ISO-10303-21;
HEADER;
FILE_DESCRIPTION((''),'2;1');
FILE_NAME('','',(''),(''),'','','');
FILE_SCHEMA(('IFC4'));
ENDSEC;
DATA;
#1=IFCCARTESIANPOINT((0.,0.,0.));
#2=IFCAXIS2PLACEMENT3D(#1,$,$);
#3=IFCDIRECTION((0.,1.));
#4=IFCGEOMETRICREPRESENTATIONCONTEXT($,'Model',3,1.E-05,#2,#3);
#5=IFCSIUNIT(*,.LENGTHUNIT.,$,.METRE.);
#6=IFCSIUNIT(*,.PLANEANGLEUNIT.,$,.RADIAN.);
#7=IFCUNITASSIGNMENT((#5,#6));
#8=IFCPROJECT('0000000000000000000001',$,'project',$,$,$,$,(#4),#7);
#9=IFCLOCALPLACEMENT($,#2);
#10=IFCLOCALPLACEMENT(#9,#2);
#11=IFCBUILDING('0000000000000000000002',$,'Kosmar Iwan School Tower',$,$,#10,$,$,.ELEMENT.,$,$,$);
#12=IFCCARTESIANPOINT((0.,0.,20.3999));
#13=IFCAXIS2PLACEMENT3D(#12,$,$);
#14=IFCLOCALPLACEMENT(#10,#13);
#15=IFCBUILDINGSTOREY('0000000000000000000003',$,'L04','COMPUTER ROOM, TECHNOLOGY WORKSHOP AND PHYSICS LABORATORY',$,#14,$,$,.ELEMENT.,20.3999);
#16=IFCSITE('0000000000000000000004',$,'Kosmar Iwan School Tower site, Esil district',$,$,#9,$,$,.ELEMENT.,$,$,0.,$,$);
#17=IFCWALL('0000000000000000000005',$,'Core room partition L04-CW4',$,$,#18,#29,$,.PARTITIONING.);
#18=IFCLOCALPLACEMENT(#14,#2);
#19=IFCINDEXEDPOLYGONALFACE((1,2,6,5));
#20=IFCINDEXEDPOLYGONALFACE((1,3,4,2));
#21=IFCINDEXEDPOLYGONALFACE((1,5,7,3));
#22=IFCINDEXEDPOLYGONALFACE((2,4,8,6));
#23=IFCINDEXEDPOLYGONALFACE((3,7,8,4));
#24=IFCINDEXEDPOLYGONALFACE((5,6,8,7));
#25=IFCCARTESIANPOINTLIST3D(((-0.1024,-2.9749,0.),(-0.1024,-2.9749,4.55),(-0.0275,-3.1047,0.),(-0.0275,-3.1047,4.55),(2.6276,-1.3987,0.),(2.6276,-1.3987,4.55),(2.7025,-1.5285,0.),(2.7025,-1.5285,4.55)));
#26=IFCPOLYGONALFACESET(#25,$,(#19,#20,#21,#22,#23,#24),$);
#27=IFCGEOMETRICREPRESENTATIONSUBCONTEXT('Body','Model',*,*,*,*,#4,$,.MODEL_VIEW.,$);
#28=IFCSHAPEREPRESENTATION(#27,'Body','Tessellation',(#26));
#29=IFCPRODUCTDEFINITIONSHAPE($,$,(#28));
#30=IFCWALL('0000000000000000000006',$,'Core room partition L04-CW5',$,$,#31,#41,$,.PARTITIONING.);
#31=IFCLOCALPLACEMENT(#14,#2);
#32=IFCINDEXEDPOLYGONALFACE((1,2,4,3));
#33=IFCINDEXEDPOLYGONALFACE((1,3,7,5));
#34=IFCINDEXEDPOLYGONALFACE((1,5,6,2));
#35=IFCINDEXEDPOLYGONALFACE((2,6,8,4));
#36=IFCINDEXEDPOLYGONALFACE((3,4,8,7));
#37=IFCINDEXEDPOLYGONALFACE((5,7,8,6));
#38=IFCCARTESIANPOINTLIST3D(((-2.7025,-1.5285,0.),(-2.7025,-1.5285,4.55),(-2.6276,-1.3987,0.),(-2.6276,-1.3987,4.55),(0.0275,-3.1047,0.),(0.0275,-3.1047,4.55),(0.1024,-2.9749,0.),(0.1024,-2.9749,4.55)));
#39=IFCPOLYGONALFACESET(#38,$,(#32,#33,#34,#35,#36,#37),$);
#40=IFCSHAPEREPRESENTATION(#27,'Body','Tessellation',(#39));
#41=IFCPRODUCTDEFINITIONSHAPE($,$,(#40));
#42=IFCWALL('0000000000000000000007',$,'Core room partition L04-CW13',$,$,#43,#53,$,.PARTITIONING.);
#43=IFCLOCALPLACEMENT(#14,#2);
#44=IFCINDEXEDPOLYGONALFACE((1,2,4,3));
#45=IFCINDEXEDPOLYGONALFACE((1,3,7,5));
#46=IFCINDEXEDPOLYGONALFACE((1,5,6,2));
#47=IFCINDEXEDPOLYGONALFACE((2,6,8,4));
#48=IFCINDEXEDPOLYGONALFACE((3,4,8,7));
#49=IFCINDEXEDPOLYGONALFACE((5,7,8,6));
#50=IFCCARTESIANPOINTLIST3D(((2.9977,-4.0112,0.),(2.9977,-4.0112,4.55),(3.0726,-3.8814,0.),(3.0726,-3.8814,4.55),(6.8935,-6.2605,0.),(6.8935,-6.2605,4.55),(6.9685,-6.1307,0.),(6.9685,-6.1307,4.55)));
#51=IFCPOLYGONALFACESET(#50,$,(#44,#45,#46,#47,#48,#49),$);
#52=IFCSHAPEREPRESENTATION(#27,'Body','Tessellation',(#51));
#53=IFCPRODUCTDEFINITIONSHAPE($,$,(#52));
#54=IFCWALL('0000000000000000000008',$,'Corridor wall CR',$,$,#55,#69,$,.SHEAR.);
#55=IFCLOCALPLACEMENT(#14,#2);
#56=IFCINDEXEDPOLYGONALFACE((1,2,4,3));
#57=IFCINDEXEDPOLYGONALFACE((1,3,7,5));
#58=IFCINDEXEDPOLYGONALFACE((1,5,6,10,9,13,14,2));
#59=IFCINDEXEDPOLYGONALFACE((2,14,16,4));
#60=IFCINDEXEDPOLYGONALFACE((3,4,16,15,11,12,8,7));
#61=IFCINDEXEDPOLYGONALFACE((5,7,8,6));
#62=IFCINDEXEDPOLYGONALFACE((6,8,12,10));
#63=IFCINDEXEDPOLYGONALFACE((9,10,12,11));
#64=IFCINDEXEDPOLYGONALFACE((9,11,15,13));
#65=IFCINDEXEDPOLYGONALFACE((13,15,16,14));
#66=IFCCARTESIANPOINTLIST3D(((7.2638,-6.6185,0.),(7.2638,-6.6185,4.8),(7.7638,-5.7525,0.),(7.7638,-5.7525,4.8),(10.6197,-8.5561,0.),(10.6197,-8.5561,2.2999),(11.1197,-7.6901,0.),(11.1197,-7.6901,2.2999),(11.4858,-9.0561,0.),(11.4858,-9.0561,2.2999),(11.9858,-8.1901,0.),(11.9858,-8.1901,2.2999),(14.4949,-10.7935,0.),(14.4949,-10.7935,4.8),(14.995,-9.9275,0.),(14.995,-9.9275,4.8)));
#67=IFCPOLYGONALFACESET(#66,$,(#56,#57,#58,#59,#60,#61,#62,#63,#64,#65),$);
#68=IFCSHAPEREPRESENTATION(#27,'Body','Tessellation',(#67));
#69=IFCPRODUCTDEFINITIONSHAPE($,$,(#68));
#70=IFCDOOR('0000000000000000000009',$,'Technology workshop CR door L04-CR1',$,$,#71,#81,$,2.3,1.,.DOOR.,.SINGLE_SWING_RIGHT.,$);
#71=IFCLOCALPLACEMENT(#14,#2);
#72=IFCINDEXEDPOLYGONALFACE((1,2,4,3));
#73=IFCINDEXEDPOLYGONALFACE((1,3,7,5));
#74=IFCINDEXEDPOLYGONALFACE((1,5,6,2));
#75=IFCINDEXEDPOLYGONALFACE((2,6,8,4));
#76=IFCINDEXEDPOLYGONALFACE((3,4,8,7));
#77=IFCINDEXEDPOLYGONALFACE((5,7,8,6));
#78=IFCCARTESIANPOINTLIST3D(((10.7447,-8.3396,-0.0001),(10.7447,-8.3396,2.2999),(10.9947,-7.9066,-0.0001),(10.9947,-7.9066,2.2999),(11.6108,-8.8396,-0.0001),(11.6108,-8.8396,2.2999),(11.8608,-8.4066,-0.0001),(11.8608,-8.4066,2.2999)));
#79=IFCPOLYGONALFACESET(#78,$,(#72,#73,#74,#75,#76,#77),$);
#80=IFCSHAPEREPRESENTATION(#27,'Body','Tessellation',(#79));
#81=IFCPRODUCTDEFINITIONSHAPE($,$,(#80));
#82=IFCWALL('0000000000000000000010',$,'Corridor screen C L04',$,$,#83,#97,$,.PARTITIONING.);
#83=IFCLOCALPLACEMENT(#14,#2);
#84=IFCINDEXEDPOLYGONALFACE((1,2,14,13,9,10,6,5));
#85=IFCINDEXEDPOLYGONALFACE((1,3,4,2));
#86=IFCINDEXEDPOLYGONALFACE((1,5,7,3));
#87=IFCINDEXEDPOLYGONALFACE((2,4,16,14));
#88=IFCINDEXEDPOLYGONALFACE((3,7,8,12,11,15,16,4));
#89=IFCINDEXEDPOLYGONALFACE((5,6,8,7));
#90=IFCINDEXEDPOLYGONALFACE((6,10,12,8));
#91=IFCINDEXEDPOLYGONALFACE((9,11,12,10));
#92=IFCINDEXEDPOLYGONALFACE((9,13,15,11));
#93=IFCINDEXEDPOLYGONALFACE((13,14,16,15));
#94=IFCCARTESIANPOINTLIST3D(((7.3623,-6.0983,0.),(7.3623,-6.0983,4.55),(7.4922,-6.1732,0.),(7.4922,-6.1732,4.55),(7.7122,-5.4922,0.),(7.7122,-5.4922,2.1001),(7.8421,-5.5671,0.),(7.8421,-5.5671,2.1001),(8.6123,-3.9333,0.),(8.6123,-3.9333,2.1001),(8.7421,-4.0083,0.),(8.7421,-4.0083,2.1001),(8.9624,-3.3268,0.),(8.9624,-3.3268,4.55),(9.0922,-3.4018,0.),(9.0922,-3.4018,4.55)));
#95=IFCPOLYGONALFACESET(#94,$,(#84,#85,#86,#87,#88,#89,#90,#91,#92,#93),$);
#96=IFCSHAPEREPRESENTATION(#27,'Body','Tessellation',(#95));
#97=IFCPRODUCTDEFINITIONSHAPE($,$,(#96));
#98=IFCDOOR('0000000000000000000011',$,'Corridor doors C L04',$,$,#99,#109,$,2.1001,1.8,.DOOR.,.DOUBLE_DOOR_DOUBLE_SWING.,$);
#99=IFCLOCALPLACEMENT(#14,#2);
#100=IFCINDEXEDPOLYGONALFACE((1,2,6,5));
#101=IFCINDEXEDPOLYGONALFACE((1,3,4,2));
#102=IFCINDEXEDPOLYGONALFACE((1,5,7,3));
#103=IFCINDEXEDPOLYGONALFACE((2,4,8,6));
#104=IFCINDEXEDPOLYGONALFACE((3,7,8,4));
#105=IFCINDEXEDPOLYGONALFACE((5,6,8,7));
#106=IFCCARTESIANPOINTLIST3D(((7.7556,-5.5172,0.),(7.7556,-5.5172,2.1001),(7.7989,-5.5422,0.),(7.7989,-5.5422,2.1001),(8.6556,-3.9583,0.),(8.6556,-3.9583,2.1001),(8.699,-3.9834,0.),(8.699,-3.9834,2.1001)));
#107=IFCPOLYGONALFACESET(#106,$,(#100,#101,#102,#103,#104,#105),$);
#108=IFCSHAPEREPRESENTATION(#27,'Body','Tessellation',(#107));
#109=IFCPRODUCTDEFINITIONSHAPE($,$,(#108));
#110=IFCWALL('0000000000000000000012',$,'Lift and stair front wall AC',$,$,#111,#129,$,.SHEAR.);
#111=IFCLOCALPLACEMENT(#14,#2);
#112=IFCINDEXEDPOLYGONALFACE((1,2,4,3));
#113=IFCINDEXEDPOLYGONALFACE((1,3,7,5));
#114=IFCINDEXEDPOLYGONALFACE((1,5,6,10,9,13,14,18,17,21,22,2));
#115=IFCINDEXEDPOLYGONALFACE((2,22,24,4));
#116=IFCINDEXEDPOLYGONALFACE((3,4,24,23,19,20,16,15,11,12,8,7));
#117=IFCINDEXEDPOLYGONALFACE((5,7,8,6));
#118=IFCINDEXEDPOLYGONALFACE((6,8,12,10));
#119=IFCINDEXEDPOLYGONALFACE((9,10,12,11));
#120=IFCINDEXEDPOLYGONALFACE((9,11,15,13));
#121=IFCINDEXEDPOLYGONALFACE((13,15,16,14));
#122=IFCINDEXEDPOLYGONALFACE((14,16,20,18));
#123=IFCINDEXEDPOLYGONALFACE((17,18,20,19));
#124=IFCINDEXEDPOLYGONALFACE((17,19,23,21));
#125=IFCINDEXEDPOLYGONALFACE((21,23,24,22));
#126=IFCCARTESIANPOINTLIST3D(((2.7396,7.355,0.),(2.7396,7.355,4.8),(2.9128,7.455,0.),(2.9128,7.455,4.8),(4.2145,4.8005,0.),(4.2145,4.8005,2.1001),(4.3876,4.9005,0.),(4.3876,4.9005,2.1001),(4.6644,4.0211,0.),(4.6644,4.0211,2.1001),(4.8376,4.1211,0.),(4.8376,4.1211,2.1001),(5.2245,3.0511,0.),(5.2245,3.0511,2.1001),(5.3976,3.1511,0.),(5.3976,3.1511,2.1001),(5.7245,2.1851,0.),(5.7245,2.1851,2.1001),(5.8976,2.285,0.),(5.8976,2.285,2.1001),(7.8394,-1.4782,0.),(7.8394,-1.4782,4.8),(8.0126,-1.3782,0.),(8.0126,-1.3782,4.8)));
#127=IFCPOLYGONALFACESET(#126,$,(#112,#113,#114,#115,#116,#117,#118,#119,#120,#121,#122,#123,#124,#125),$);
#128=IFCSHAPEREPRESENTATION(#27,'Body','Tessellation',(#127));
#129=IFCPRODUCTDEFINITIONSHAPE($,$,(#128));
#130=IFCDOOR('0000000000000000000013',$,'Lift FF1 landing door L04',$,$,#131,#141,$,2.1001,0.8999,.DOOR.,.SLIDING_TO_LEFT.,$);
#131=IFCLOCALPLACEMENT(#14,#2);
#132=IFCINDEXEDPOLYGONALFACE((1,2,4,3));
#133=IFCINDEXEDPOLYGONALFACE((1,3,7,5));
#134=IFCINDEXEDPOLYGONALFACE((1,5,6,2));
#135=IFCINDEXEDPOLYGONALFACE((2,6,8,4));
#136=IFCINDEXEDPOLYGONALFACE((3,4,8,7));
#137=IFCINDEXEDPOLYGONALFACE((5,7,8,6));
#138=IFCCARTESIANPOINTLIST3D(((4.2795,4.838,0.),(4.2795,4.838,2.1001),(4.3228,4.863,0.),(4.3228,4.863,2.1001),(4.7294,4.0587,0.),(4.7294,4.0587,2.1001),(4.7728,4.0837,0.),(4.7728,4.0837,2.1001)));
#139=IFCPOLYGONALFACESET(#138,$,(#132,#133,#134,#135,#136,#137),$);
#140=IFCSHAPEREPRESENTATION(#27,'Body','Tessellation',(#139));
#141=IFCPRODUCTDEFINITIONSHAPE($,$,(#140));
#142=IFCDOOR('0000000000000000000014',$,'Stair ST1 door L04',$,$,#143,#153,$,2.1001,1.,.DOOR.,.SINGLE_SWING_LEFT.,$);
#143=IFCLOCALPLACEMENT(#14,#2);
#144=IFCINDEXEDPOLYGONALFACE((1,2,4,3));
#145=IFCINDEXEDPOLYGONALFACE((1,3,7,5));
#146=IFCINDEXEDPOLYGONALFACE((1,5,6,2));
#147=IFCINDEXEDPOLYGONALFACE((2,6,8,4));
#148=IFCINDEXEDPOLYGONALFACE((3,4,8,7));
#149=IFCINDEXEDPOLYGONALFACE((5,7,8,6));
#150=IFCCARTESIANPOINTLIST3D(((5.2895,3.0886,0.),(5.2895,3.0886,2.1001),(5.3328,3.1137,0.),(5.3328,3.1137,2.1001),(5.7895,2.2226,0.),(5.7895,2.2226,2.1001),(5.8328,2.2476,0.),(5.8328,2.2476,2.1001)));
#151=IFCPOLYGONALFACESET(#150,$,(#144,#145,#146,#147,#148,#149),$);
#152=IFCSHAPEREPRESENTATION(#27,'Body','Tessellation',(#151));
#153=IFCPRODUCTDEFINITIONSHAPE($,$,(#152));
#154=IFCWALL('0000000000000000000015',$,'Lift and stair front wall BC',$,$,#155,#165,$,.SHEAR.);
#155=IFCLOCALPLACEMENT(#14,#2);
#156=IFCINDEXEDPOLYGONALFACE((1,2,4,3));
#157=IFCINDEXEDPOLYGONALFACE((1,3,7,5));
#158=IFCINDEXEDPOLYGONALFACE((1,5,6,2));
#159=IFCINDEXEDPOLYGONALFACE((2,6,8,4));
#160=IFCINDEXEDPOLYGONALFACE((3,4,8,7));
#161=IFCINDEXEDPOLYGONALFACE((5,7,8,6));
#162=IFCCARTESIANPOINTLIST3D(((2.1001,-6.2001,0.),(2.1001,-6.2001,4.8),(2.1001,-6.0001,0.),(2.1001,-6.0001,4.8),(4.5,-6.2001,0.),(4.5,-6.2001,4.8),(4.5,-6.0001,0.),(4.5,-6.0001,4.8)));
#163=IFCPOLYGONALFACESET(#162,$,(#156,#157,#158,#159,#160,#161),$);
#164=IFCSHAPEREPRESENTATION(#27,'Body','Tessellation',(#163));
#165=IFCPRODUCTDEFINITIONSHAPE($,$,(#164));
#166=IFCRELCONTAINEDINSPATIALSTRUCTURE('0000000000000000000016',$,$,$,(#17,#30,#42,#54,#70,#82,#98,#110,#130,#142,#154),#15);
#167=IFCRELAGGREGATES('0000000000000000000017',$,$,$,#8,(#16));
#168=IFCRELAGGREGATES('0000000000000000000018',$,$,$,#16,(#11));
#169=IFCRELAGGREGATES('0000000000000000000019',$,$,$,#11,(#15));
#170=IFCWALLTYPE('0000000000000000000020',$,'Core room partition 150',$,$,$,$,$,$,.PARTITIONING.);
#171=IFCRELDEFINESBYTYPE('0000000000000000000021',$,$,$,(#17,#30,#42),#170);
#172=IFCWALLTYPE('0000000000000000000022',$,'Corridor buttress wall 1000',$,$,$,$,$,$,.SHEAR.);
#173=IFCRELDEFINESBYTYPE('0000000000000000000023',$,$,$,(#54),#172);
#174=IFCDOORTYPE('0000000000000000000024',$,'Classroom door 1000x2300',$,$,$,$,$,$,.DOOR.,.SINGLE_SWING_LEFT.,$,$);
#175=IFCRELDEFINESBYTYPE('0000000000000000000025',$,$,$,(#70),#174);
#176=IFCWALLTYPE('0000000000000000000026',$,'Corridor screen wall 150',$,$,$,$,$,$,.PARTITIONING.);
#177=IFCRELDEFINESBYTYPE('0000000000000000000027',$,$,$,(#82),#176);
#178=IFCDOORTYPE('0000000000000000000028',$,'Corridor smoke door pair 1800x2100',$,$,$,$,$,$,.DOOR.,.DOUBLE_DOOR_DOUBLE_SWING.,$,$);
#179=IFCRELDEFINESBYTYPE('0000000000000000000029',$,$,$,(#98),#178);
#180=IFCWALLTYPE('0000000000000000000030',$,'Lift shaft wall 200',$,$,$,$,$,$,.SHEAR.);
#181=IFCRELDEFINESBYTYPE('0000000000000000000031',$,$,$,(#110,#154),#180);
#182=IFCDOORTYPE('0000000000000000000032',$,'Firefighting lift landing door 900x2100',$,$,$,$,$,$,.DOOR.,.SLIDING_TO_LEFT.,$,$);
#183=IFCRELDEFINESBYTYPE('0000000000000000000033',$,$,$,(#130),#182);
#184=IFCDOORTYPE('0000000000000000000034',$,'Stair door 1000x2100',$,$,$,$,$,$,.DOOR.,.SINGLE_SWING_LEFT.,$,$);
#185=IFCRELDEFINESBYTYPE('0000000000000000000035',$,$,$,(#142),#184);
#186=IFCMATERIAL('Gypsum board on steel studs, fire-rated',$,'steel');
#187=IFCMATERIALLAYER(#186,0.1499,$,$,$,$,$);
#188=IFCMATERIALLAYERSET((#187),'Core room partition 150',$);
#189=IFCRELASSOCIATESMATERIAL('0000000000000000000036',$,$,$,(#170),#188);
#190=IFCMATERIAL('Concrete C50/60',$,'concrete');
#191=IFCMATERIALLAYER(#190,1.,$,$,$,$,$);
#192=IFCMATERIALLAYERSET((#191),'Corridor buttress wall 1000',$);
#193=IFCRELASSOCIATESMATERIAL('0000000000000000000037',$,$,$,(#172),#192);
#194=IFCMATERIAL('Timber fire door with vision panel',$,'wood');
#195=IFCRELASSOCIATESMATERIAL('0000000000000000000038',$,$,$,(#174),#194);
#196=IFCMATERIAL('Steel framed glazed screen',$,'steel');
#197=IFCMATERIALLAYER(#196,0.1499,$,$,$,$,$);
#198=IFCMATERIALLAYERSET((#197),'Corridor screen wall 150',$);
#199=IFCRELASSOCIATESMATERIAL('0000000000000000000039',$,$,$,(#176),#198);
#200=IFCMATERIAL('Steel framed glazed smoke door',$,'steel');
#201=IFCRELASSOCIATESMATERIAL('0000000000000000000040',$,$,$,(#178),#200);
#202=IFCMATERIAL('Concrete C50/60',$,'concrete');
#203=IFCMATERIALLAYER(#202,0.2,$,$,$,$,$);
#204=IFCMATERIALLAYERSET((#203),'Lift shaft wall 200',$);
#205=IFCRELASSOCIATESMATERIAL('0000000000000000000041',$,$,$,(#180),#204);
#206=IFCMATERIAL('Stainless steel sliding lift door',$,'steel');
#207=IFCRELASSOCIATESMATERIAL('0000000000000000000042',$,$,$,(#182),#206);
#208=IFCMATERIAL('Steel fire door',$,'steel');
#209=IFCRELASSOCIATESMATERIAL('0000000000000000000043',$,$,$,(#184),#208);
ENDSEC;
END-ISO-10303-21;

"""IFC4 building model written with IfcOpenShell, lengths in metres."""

from ifc_helpers import new_model, si_unit, direction, frame, frame_2d, origin, place, context, subcontext, project, spatial, rectangle, extrude, material, layer, layer_set, type_object, element, fill, save


model = new_model("IFC4")

# Units and contexts
model_context = context("Model", 3, precision=1e-05, world=origin(), true_north=direction((0.0, 1.0)))
body_context = subcontext(model_context, "Body", "Model", "MODEL_VIEW")
ifc_project = project(units=[si_unit("LENGTHUNIT", "METRE"), si_unit("PLANEANGLEUNIT", "RADIAN")], contexts=[model_context])

# Site, building, storey
site_placement = place(None, origin())
site = spatial("IfcSite", under=ifc_project, at=site_placement, Name="Kosmar Iwan School Tower site, Esil district", CompositionType="ELEMENT", RefElevation=0.0)
building_placement = place(site_placement, origin())
building = spatial("IfcBuilding", under=site, at=building_placement, Name="Kosmar Iwan School Tower", CompositionType="ELEMENT")
storey_placement = place(building_placement, frame((0.0, 0.0, 20.3999)))
storey = spatial("IfcBuildingStorey", under=building, at=storey_placement, Name="L04", Description="COMPUTER ROOM, TECHNOLOGY WORKSHOP AND PHYSICS LABORATORY", CompositionType="ELEMENT", Elevation=20.3999)

# Walls
ifc_material_1 = material(Name="Gypsum board on steel studs, fire-rated", Category="steel")
ifc_layer_1 = layer(ifc_material_1, 0.1499)
ifc_layer_set_1 = layer_set([ifc_layer_1], Name="Core room partition 150")
wall_type_1 = type_object("IfcWallType", Name="Core room partition 150", PredefinedType="PARTITIONING", material=ifc_layer_set_1)
for number, where, z_axis, x_axis, name in (
    (1, (2.665, -1.4636, 0.0), (0.0, 0.0, 1.0), (-0.866023, -0.500004, 0.0), "Core room partition L04-CW4"),
    (2, (0.0649, -3.0398, 0.0), (0.0, 0.0, 1.0), (-0.866023, 0.500004, 0.0), "Core room partition L04-CW5"),
):
    element("IfcWall", number, at=place(storey_placement, frame(where, z_axis=z_axis, x_axis=x_axis)), inside=storey, type_object=wall_type_1, Name=name, PredefinedType="PARTITIONING", context=body_context, shape_type="SweptSolid", body=[
        extrude(rectangle(XDim=3.1523, YDim=0.1499, at=frame_2d((1.5762, 0.0))), origin(), (0.0, 0.0, 1.0), 4.55),
    ])
wall_1_placement = place(storey_placement, frame((3.0352, -3.9463, 0.0), z_axis=(0.0, 0.0, 1.0), x_axis=(0.86602, -0.500009, 0.0)))
element("IfcWall", 3, at=wall_1_placement, inside=storey, type_object=wall_type_1, Name="Core room partition L04-CW13", PredefinedType="PARTITIONING", context=body_context, shape_type="SweptSolid", body=[
    extrude(rectangle(XDim=4.4985, YDim=0.1499, at=frame_2d((2.2493, 0.0))), origin(), (0.0, 0.0, 1.0), 4.55),
])

# Walls, openings, doors
ifc_material_2 = material(Name="Concrete C50/60", Category="concrete")
ifc_layer_2 = layer(ifc_material_2, 1.0)
ifc_layer_set_2 = layer_set([ifc_layer_2], Name="Corridor buttress wall 1000")
wall_type_2 = type_object("IfcWallType", Name="Corridor buttress wall 1000", PredefinedType="SHEAR", material=ifc_layer_set_2)
wall_2_placement = place(storey_placement, frame((7.5139, -6.1855, 0.0), z_axis=(0.0, 0.0, 1.0), x_axis=(0.86602, -0.50001, 0.0)))
wall_2 = element("IfcWall", 4, at=wall_2_placement, inside=storey, type_object=wall_type_2, Name="Corridor wall CR", PredefinedType="SHEAR", context=body_context, shape_type="SweptSolid", body=[
    extrude(rectangle(XDim=8.3499, YDim=1.0, at=frame_2d((4.1748, 0.0))), origin(), (0.0, 0.0, 1.0), 4.8),
])
opening_1_placement = place(wall_2_placement, frame((3.875, 0.0, 0.0)))
opening_1 = element("IfcOpeningElement", 5, at=opening_1_placement, cuts=wall_2, PredefinedType="OPENING", context=body_context, shape_type="SweptSolid", body=[
    extrude(rectangle(XDim=1.0, YDim=2.3, at=frame_2d((0.5, 1.1499))), frame((0.0, 0.512, 0.0), z_axis=(0.0, -1.0, 0.0), x_axis=(1.0, 0.0, 0.0)), (0.0, 0.0, 1.0), 1.0239),
])
ifc_material_3 = material(Name="Timber fire door with vision panel", Category="wood")
door_type_1 = type_object("IfcDoorType", Name="Classroom door 1000x2300", OperationType="SINGLE_SWING_LEFT", PredefinedType="DOOR", material=ifc_material_3)
door_1_placement = place(opening_1_placement, origin())
door_1 = element("IfcDoor", 6, at=door_1_placement, inside=storey, type_object=door_type_1, Name="Technology workshop CR door L04-CR1", OperationType="SINGLE_SWING_RIGHT", OverallHeight=2.3, OverallWidth=1.0, PredefinedType="DOOR", context=body_context, shape_type="SweptSolid", body=[
    extrude(rectangle(XDim=1.0, YDim=2.3, at=frame_2d((0.5, 1.1499))), frame((0.0, 0.25, 0.0), z_axis=(0.0, -1.0, 0.0), x_axis=(1.0, 0.0, 0.0)), (0.0, 0.0, 1.0), 0.5),
])
fill(opening_1, door_1)
ifc_material_4 = material(Name="Steel framed glazed screen", Category="steel")
ifc_layer_3 = layer(ifc_material_4, 0.1499)
ifc_layer_set_3 = layer_set([ifc_layer_3], Name="Corridor screen wall 150")
wall_type_3 = type_object("IfcWallType", Name="Corridor screen wall 150", PredefinedType="PARTITIONING", material=ifc_layer_set_3)
wall_3_placement = place(storey_placement, frame((7.4272, -6.1357, 0.0), z_axis=(0.0, 0.0, 1.0), x_axis=(0.499995, 0.866028, 0.0)))
wall_3 = element("IfcWall", 7, at=wall_3_placement, inside=storey, type_object=wall_type_3, Name="Corridor screen C L04", PredefinedType="PARTITIONING", context=body_context, shape_type="SweptSolid", body=[
    extrude(rectangle(XDim=3.2002, YDim=0.1499, at=frame_2d((1.6001, 0.0))), origin(), (0.0, 0.0, 1.0), 4.55),
])
opening_2_placement = place(wall_3_placement, frame((0.7, 0.0, 0.0)))
opening_2 = element("IfcOpeningElement", 8, at=opening_2_placement, cuts=wall_3, PredefinedType="OPENING", context=body_context, shape_type="SweptSolid", body=[
    extrude(rectangle(XDim=1.8, YDim=2.1001, at=frame_2d((0.8999, 1.05))), frame((0.0, 0.0869, 0.0), z_axis=(0.0, -1.0, 0.0), x_axis=(1.0, 0.0, 0.0)), (0.0, 0.0, 1.0), 0.1738),
])
ifc_material_5 = material(Name="Steel framed glazed smoke door", Category="steel")
door_type_2 = type_object("IfcDoorType", Name="Corridor smoke door pair 1800x2100", OperationType="DOUBLE_DOOR_DOUBLE_SWING", PredefinedType="DOOR", material=ifc_material_5)
door_2_placement = place(opening_2_placement, origin())
door_2 = element("IfcDoor", 9, at=door_2_placement, inside=storey, type_object=door_type_2, Name="Corridor doors C L04", OperationType="DOUBLE_DOOR_DOUBLE_SWING", OverallHeight=2.1001, OverallWidth=1.8, PredefinedType="DOOR", context=body_context, shape_type="SweptSolid", body=[
    extrude(rectangle(XDim=1.8, YDim=2.1001, at=frame_2d((0.8999, 1.05))), frame((0.0, 0.0249, 0.0), z_axis=(0.0, -1.0, 0.0), x_axis=(1.0, 0.0, 0.0)), (0.0, 0.0, 1.0), 0.05),
])
fill(opening_2, door_2)

# Wall, openings, doors
ifc_material_6 = material(Name="Concrete C50/60", Category="concrete")
ifc_layer_4 = layer(ifc_material_6, 0.2)
ifc_layer_set_4 = layer_set([ifc_layer_4], Name="Lift shaft wall 200")
wall_type_4 = type_object("IfcWallType", Name="Lift shaft wall 200", PredefinedType="SHEAR", material=ifc_layer_set_4)
wall_4_placement = place(storey_placement, frame((7.926, -1.4282, 0.0), z_axis=(0.0, 0.0, 1.0), x_axis=(-0.499998, 0.866027, 0.0)))
wall_4 = element("IfcWall", 10, at=wall_4_placement, inside=storey, type_object=wall_type_4, Name="Lift and stair front wall AC", PredefinedType="SHEAR", context=body_context, shape_type="SweptSolid", body=[
    extrude(rectangle(XDim=10.1997, YDim=0.2, at=frame_2d((5.0999, 0.0))), origin(), (0.0, 0.0, 1.0), 4.8),
])
opening_3_placement = place(wall_4_placement, frame((6.3501, 0.0, 0.0)))
opening_3 = element("IfcOpeningElement", 11, at=opening_3_placement, cuts=wall_4, PredefinedType="OPENING", context=body_context, shape_type="SweptSolid", body=[
    extrude(rectangle(XDim=0.8999, YDim=2.1001, at=frame_2d((0.45, 1.05))), frame((0.0, 0.1121, 0.0), z_axis=(0.0, -1.0, 0.0), x_axis=(1.0, 0.0, 0.0)), (0.0, 0.0, 1.0), 0.2239),
])
opening_4_placement = place(wall_4_placement, frame((4.23, 0.0, 0.0)))
opening_4 = element("IfcOpeningElement", 12, at=opening_4_placement, cuts=wall_4, PredefinedType="OPENING", context=body_context, shape_type="SweptSolid", body=[
    extrude(rectangle(XDim=1.0, YDim=2.1001, at=frame_2d((0.5, 1.05))), frame((0.0, 0.1121, 0.0), z_axis=(0.0, -1.0, 0.0), x_axis=(1.0, 0.0, 0.0)), (0.0, 0.0, 1.0), 0.2239),
])
ifc_material_7 = material(Name="Stainless steel sliding lift door", Category="steel")
door_type_3 = type_object("IfcDoorType", Name="Firefighting lift landing door 900x2100", OperationType="SLIDING_TO_LEFT", PredefinedType="DOOR", material=ifc_material_7)
door_3_placement = place(opening_3_placement, origin())
door_3 = element("IfcDoor", 13, at=door_3_placement, inside=storey, type_object=door_type_3, Name="Lift FF1 landing door L04", OperationType="SLIDING_TO_LEFT", OverallHeight=2.1001, OverallWidth=0.8999, PredefinedType="DOOR", context=body_context, shape_type="SweptSolid", body=[
    extrude(rectangle(XDim=0.8999, YDim=2.1001, at=frame_2d((0.45, 1.05))), frame((0.0, 0.0249, 0.0), z_axis=(0.0, -1.0, 0.0), x_axis=(1.0, 0.0, 0.0)), (0.0, 0.0, 1.0), 0.05),
])
fill(opening_3, door_3)
ifc_material_8 = material(Name="Steel fire door", Category="steel")
door_type_4 = type_object("IfcDoorType", Name="Stair door 1000x2100", OperationType="SINGLE_SWING_LEFT", PredefinedType="DOOR", material=ifc_material_8)
door_4_placement = place(opening_4_placement, origin())
door_4 = element("IfcDoor", 14, at=door_4_placement, inside=storey, type_object=door_type_4, Name="Stair ST1 door L04", OperationType="SINGLE_SWING_LEFT", OverallHeight=2.1001, OverallWidth=1.0, PredefinedType="DOOR", context=body_context, shape_type="SweptSolid", body=[
    extrude(rectangle(XDim=1.0, YDim=2.1001, at=frame_2d((0.5, 1.05))), frame((0.0, 0.0249, 0.0), z_axis=(0.0, -1.0, 0.0), x_axis=(1.0, 0.0, 0.0)), (0.0, 0.0, 1.0), 0.05),
])
fill(opening_4, door_4)

# Wall
wall_5_placement = place(storey_placement, frame((2.1001, -6.1001, 0.0), z_axis=(0.0, 0.0, 1.0), x_axis=(1.0, 0.0, 0.0)))
element("IfcWall", 15, at=wall_5_placement, inside=storey, type_object=wall_type_4, Name="Lift and stair front wall BC", PredefinedType="SHEAR", context=body_context, shape_type="SweptSolid", body=[
    extrude(rectangle(XDim=2.3999, YDim=0.2, at=frame_2d((1.2, 0.0))), origin(), (0.0, 0.0, 1.0), 4.8),
])

save(model, "model.ifc")
